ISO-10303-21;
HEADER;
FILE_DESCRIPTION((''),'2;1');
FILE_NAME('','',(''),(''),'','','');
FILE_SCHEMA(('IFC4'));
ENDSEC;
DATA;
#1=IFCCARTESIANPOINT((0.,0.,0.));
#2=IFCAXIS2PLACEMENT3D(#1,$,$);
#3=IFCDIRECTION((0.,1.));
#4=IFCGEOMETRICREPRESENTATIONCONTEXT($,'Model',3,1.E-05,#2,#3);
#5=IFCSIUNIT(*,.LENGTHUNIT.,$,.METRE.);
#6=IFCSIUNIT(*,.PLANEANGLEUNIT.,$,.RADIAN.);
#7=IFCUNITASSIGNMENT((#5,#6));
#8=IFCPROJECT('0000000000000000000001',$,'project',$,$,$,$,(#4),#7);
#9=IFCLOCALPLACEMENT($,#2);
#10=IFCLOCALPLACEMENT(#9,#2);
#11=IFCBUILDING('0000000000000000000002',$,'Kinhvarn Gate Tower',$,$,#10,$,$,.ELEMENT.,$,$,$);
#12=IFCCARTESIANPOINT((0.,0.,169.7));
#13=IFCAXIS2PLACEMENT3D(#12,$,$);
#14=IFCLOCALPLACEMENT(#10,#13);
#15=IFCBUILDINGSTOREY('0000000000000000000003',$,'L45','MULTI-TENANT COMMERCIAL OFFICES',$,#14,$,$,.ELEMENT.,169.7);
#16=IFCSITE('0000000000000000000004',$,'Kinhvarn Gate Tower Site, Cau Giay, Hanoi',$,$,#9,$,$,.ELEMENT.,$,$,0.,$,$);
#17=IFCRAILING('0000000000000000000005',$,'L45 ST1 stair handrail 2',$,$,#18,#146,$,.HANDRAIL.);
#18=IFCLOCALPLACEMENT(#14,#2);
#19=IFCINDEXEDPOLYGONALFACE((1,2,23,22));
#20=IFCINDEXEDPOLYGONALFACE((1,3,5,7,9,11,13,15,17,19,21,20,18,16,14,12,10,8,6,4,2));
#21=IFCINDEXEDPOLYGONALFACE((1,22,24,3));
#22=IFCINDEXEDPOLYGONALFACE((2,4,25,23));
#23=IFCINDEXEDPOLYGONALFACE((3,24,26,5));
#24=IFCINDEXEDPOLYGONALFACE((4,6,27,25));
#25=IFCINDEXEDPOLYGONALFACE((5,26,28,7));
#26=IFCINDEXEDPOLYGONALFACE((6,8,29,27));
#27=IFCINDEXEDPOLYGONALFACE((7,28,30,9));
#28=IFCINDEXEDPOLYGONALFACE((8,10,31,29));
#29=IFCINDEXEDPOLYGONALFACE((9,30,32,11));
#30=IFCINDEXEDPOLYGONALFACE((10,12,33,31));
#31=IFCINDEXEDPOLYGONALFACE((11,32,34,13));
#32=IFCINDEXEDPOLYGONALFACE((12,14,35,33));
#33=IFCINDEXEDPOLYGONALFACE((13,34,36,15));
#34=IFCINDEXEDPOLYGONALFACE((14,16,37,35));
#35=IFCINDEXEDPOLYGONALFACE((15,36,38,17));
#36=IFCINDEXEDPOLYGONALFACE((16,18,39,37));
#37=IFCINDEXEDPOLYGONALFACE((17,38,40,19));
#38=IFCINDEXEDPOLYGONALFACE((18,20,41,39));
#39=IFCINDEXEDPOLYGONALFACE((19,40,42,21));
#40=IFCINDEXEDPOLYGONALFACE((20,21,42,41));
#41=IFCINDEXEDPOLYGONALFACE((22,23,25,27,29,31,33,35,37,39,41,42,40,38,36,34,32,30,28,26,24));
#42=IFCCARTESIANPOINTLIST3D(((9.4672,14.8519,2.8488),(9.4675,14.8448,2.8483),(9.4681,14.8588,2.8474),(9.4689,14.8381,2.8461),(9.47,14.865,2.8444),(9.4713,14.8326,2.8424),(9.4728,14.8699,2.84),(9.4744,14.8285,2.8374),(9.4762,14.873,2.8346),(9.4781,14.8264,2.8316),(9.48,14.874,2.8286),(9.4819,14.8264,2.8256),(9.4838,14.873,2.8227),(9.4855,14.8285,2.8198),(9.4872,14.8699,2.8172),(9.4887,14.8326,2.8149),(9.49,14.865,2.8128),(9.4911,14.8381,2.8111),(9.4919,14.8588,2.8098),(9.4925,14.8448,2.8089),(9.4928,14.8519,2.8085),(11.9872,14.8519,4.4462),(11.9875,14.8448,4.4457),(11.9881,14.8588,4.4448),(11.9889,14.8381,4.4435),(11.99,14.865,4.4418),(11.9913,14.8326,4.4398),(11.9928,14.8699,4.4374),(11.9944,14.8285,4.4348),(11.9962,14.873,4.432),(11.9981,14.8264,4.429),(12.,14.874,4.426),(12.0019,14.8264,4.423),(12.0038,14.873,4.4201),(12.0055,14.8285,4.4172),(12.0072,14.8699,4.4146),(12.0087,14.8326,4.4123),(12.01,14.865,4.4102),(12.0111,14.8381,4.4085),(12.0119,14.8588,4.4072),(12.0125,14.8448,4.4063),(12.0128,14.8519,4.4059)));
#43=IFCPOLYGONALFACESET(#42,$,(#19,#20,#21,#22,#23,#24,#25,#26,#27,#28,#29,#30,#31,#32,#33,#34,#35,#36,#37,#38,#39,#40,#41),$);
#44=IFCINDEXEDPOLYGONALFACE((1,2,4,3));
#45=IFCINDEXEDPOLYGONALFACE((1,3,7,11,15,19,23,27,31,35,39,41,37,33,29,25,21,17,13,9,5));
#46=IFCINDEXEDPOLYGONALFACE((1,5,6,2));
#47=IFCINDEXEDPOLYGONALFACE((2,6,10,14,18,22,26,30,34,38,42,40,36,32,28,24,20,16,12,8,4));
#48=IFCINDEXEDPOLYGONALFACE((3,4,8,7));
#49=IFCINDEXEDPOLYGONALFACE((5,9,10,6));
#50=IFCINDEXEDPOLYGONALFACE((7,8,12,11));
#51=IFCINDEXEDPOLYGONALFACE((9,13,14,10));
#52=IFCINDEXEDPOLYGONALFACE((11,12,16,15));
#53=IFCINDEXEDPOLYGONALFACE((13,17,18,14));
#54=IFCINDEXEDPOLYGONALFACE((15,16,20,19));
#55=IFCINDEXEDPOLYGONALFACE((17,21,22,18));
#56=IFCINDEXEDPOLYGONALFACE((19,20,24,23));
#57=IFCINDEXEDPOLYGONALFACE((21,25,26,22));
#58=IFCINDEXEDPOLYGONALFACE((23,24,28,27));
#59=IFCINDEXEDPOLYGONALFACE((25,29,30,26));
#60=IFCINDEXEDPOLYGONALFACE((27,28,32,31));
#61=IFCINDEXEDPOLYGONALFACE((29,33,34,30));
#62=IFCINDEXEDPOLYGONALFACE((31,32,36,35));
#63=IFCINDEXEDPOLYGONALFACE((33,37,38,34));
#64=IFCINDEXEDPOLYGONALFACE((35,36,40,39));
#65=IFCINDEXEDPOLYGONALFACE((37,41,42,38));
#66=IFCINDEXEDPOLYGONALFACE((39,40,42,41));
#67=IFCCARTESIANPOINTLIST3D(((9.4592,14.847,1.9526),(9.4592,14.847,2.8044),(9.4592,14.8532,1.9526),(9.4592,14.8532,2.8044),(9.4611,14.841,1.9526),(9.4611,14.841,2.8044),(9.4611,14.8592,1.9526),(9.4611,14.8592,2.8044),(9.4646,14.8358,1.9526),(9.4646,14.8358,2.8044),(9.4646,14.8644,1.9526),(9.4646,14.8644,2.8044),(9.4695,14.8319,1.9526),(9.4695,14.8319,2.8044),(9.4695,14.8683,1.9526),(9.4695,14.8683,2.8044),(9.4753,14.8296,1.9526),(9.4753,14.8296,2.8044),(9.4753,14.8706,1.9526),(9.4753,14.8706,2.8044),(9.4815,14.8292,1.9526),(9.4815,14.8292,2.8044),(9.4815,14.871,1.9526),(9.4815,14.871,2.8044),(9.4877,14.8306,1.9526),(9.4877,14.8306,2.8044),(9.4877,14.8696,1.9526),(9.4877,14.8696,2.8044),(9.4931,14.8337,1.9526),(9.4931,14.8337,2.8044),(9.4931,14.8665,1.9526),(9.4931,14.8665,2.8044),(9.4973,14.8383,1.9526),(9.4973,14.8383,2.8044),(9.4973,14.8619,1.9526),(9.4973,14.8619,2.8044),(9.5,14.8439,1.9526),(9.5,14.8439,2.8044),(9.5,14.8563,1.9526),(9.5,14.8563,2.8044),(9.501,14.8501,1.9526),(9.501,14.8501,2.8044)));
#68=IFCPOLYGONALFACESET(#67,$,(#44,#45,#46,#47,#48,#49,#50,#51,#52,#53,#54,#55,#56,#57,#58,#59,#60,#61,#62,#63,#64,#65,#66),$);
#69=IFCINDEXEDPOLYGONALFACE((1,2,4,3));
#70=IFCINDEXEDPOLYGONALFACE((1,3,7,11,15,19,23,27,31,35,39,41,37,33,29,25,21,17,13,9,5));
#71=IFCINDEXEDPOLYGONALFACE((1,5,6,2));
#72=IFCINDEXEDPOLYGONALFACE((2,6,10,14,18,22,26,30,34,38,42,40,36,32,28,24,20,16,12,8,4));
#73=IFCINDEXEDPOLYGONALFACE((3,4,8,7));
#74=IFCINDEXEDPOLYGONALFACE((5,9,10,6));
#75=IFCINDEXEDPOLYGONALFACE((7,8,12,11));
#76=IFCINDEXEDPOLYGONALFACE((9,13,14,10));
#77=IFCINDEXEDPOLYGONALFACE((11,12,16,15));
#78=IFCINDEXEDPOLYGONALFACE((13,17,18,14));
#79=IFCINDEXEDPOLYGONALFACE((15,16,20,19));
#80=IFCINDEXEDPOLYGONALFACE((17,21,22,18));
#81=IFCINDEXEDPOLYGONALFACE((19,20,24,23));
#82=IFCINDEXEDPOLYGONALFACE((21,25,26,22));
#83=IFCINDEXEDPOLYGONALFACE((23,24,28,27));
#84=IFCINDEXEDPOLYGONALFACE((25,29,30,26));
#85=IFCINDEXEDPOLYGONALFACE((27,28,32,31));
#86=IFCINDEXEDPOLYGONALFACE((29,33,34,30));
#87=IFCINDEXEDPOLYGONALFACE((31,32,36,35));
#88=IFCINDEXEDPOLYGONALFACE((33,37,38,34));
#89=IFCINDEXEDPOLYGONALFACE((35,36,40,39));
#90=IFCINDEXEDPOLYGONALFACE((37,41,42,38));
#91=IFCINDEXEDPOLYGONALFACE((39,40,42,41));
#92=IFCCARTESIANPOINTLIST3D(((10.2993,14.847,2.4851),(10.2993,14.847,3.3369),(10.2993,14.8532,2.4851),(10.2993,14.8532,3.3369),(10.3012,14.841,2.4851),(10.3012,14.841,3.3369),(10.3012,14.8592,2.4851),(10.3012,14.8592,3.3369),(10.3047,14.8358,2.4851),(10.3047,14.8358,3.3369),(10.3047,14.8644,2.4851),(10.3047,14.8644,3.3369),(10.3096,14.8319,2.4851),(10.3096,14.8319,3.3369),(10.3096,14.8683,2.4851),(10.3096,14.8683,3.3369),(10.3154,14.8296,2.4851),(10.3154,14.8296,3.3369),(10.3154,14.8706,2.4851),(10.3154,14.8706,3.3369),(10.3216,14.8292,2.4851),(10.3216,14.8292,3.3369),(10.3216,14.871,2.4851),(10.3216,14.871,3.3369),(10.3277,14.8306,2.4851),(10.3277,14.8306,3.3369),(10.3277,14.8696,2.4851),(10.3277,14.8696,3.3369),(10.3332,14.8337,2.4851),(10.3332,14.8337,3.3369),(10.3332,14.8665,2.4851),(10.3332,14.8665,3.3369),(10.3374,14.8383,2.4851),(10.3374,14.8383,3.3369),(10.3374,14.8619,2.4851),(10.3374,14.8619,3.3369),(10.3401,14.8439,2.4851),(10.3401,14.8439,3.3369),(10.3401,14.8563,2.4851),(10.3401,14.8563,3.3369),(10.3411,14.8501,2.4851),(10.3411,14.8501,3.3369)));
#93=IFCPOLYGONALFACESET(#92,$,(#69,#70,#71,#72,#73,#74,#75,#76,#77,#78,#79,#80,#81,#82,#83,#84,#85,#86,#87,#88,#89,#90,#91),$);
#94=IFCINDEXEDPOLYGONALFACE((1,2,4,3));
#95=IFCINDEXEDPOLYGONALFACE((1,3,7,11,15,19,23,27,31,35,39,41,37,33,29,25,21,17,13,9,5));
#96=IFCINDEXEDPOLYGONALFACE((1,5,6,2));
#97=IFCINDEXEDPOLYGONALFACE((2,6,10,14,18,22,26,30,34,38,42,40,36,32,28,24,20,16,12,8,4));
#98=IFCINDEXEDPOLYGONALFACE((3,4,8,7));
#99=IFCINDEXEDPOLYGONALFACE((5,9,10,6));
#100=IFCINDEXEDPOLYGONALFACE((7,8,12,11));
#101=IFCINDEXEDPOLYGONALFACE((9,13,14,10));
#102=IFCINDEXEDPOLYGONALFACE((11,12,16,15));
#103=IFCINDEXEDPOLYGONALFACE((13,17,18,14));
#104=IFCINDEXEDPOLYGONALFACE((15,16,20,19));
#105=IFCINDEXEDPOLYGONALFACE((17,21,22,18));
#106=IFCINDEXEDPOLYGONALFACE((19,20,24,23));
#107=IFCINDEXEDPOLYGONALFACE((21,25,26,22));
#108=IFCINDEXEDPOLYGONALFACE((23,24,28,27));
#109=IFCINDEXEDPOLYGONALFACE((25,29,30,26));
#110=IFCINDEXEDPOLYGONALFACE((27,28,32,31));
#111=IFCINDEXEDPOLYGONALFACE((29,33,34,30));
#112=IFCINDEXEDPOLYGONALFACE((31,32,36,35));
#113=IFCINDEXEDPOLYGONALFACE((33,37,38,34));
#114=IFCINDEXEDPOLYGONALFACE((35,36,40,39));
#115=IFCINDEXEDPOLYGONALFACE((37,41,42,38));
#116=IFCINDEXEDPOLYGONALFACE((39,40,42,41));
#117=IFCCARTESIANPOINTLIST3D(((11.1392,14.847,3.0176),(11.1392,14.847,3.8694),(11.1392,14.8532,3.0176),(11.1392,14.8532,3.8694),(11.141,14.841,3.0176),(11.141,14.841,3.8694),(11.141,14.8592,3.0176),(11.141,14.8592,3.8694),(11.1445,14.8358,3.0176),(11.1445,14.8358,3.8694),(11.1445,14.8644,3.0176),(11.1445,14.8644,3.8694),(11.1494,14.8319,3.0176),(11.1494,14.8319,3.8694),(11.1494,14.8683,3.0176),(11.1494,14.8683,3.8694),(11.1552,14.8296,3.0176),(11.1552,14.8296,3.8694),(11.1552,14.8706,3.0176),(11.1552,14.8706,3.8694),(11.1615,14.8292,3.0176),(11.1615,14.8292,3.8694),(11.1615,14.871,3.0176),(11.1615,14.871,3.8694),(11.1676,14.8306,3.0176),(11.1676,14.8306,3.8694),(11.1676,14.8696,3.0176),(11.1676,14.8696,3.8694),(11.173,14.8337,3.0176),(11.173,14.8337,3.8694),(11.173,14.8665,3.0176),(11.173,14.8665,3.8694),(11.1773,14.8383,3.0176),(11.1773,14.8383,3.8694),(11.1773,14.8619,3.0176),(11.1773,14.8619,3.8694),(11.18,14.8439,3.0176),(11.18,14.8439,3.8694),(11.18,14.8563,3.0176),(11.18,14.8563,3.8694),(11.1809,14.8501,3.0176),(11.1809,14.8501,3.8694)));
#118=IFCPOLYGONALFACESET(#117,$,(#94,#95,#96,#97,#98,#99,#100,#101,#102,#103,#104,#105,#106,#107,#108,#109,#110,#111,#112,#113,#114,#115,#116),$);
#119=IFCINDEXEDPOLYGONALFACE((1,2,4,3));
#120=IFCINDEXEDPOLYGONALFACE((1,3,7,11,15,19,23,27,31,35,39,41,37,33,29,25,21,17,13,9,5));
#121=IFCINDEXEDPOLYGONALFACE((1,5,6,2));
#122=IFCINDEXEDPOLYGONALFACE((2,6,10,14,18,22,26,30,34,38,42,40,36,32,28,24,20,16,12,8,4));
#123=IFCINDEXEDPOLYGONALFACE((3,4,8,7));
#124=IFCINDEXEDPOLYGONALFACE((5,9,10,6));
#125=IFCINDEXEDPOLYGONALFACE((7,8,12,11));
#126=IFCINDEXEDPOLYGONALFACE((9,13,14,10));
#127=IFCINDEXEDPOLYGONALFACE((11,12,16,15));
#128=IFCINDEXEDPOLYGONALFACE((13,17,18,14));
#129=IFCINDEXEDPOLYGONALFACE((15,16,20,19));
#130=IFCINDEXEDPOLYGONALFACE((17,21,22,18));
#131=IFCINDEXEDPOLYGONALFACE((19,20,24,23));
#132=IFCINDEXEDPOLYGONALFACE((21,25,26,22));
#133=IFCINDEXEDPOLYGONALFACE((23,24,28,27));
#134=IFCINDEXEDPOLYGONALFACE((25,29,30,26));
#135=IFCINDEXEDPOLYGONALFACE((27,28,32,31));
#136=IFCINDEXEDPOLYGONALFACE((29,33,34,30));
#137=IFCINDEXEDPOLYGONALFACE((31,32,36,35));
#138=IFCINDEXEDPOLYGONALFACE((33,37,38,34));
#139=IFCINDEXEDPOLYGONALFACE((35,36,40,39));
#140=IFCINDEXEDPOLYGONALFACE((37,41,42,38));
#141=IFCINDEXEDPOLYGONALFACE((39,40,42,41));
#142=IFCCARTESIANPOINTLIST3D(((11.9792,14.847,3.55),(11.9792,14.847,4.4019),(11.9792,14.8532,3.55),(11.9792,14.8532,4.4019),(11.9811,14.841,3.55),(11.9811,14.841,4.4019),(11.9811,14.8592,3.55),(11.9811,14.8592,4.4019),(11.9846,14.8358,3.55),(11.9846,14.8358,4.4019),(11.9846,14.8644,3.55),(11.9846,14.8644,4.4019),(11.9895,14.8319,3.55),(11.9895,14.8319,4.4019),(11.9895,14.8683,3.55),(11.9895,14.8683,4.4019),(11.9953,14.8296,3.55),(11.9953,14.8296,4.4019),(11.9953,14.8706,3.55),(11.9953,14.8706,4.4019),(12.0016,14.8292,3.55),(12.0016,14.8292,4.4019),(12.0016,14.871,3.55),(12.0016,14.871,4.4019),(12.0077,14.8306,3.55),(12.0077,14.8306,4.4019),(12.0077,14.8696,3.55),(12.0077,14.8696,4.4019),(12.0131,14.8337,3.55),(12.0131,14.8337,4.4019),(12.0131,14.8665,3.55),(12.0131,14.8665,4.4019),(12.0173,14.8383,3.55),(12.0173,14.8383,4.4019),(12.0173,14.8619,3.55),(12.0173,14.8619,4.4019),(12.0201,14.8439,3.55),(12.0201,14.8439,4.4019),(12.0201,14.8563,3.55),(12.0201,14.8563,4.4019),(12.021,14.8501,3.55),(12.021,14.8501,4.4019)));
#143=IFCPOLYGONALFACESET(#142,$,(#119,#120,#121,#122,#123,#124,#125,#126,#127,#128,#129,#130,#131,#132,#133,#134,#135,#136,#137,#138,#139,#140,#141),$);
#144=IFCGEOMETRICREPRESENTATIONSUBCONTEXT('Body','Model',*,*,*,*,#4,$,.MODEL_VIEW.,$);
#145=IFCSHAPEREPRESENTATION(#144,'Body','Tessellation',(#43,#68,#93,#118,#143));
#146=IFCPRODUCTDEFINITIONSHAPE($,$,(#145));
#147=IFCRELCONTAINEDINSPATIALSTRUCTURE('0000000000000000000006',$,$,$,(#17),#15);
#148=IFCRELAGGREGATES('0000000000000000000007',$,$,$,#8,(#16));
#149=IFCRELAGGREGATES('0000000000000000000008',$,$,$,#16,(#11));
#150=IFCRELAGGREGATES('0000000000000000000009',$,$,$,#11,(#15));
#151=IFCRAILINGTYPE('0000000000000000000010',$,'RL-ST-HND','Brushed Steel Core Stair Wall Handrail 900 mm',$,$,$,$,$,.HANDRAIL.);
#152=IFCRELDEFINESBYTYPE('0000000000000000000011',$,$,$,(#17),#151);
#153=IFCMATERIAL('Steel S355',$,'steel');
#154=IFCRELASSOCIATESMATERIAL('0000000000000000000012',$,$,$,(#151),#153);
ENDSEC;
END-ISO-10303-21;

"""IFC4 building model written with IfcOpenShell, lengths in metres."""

from ifc_helpers import new_model, si_unit, direction, frame, origin, origin_2d, place, context, subcontext, project, spatial, circle, extrude, material, type_object, element, save


model = new_model("IFC4")

# Units and contexts
model_context = context("Model", 3, precision=1e-05, world=origin(), true_north=direction((0.0, 1.0)))
body_context = subcontext(model_context, "Body", "Model", "MODEL_VIEW")
ifc_project = project(units=[si_unit("LENGTHUNIT", "METRE"), si_unit("PLANEANGLEUNIT", "RADIAN")], contexts=[model_context])

# Site, building, storey
site_placement = place(None, origin())
site = spatial("IfcSite", under=ifc_project, at=site_placement, Name="Kinhvarn Gate Tower Site, Cau Giay, Hanoi", CompositionType="ELEMENT", RefElevation=0.0)
building_placement = place(site_placement, origin())
building = spatial("IfcBuilding", under=site, at=building_placement, Name="Kinhvarn Gate Tower", CompositionType="ELEMENT")
storey_placement = place(building_placement, frame((0.0, 0.0, 169.7)))
storey = spatial("IfcBuildingStorey", under=building, at=storey_placement, Name="L45", Description="MULTI-TENANT COMMERCIAL OFFICES", CompositionType="ELEMENT", Elevation=169.7)

# Shared definitions
ifc_material_1 = material(Name="Steel S355", Category="steel")

# Railing
railing_type_1 = type_object("IfcRailingType", Name="RL-ST-HND", Description="Brushed Steel Core Stair Wall Handrail 900 mm", PredefinedType="HANDRAIL", material=ifc_material_1)
railing_1_placement = place(storey_placement, frame((9.48, 14.8501, 1.9526)))
element("IfcRailing", 1, at=railing_1_placement, inside=storey, type_object=railing_type_1, Name="L45 ST1 stair handrail 2", PredefinedType="HANDRAIL", context=body_context, shape_type="SweptSolid", body=[
    extrude(circle(Radius=0.0239, at=origin_2d()), frame((0.0, 0.0, 0.876), z_axis=(0.844607, 0.0, 0.535387), x_axis=(0.0, 1.0, 0.0)), (0.0, 0.0, 1.0), 2.9836),
    extrude(circle(Radius=0.021, at=origin_2d()), origin(), (0.0, 0.0, 1.0), 0.8518),
    extrude(circle(Radius=0.021, at=origin_2d()), frame((0.8401, 0.0, 0.5325)), (0.0, 0.0, 1.0), 0.8518),
    extrude(circle(Radius=0.021, at=origin_2d()), frame((1.6799, 0.0, 1.0649)), (0.0, 0.0, 1.0), 0.8518),
    extrude(circle(Radius=0.021, at=origin_2d()), frame((2.52, 0.0, 1.5974)), (0.0, 0.0, 1.0), 0.8518),
])

save(model, "model.ifc")
